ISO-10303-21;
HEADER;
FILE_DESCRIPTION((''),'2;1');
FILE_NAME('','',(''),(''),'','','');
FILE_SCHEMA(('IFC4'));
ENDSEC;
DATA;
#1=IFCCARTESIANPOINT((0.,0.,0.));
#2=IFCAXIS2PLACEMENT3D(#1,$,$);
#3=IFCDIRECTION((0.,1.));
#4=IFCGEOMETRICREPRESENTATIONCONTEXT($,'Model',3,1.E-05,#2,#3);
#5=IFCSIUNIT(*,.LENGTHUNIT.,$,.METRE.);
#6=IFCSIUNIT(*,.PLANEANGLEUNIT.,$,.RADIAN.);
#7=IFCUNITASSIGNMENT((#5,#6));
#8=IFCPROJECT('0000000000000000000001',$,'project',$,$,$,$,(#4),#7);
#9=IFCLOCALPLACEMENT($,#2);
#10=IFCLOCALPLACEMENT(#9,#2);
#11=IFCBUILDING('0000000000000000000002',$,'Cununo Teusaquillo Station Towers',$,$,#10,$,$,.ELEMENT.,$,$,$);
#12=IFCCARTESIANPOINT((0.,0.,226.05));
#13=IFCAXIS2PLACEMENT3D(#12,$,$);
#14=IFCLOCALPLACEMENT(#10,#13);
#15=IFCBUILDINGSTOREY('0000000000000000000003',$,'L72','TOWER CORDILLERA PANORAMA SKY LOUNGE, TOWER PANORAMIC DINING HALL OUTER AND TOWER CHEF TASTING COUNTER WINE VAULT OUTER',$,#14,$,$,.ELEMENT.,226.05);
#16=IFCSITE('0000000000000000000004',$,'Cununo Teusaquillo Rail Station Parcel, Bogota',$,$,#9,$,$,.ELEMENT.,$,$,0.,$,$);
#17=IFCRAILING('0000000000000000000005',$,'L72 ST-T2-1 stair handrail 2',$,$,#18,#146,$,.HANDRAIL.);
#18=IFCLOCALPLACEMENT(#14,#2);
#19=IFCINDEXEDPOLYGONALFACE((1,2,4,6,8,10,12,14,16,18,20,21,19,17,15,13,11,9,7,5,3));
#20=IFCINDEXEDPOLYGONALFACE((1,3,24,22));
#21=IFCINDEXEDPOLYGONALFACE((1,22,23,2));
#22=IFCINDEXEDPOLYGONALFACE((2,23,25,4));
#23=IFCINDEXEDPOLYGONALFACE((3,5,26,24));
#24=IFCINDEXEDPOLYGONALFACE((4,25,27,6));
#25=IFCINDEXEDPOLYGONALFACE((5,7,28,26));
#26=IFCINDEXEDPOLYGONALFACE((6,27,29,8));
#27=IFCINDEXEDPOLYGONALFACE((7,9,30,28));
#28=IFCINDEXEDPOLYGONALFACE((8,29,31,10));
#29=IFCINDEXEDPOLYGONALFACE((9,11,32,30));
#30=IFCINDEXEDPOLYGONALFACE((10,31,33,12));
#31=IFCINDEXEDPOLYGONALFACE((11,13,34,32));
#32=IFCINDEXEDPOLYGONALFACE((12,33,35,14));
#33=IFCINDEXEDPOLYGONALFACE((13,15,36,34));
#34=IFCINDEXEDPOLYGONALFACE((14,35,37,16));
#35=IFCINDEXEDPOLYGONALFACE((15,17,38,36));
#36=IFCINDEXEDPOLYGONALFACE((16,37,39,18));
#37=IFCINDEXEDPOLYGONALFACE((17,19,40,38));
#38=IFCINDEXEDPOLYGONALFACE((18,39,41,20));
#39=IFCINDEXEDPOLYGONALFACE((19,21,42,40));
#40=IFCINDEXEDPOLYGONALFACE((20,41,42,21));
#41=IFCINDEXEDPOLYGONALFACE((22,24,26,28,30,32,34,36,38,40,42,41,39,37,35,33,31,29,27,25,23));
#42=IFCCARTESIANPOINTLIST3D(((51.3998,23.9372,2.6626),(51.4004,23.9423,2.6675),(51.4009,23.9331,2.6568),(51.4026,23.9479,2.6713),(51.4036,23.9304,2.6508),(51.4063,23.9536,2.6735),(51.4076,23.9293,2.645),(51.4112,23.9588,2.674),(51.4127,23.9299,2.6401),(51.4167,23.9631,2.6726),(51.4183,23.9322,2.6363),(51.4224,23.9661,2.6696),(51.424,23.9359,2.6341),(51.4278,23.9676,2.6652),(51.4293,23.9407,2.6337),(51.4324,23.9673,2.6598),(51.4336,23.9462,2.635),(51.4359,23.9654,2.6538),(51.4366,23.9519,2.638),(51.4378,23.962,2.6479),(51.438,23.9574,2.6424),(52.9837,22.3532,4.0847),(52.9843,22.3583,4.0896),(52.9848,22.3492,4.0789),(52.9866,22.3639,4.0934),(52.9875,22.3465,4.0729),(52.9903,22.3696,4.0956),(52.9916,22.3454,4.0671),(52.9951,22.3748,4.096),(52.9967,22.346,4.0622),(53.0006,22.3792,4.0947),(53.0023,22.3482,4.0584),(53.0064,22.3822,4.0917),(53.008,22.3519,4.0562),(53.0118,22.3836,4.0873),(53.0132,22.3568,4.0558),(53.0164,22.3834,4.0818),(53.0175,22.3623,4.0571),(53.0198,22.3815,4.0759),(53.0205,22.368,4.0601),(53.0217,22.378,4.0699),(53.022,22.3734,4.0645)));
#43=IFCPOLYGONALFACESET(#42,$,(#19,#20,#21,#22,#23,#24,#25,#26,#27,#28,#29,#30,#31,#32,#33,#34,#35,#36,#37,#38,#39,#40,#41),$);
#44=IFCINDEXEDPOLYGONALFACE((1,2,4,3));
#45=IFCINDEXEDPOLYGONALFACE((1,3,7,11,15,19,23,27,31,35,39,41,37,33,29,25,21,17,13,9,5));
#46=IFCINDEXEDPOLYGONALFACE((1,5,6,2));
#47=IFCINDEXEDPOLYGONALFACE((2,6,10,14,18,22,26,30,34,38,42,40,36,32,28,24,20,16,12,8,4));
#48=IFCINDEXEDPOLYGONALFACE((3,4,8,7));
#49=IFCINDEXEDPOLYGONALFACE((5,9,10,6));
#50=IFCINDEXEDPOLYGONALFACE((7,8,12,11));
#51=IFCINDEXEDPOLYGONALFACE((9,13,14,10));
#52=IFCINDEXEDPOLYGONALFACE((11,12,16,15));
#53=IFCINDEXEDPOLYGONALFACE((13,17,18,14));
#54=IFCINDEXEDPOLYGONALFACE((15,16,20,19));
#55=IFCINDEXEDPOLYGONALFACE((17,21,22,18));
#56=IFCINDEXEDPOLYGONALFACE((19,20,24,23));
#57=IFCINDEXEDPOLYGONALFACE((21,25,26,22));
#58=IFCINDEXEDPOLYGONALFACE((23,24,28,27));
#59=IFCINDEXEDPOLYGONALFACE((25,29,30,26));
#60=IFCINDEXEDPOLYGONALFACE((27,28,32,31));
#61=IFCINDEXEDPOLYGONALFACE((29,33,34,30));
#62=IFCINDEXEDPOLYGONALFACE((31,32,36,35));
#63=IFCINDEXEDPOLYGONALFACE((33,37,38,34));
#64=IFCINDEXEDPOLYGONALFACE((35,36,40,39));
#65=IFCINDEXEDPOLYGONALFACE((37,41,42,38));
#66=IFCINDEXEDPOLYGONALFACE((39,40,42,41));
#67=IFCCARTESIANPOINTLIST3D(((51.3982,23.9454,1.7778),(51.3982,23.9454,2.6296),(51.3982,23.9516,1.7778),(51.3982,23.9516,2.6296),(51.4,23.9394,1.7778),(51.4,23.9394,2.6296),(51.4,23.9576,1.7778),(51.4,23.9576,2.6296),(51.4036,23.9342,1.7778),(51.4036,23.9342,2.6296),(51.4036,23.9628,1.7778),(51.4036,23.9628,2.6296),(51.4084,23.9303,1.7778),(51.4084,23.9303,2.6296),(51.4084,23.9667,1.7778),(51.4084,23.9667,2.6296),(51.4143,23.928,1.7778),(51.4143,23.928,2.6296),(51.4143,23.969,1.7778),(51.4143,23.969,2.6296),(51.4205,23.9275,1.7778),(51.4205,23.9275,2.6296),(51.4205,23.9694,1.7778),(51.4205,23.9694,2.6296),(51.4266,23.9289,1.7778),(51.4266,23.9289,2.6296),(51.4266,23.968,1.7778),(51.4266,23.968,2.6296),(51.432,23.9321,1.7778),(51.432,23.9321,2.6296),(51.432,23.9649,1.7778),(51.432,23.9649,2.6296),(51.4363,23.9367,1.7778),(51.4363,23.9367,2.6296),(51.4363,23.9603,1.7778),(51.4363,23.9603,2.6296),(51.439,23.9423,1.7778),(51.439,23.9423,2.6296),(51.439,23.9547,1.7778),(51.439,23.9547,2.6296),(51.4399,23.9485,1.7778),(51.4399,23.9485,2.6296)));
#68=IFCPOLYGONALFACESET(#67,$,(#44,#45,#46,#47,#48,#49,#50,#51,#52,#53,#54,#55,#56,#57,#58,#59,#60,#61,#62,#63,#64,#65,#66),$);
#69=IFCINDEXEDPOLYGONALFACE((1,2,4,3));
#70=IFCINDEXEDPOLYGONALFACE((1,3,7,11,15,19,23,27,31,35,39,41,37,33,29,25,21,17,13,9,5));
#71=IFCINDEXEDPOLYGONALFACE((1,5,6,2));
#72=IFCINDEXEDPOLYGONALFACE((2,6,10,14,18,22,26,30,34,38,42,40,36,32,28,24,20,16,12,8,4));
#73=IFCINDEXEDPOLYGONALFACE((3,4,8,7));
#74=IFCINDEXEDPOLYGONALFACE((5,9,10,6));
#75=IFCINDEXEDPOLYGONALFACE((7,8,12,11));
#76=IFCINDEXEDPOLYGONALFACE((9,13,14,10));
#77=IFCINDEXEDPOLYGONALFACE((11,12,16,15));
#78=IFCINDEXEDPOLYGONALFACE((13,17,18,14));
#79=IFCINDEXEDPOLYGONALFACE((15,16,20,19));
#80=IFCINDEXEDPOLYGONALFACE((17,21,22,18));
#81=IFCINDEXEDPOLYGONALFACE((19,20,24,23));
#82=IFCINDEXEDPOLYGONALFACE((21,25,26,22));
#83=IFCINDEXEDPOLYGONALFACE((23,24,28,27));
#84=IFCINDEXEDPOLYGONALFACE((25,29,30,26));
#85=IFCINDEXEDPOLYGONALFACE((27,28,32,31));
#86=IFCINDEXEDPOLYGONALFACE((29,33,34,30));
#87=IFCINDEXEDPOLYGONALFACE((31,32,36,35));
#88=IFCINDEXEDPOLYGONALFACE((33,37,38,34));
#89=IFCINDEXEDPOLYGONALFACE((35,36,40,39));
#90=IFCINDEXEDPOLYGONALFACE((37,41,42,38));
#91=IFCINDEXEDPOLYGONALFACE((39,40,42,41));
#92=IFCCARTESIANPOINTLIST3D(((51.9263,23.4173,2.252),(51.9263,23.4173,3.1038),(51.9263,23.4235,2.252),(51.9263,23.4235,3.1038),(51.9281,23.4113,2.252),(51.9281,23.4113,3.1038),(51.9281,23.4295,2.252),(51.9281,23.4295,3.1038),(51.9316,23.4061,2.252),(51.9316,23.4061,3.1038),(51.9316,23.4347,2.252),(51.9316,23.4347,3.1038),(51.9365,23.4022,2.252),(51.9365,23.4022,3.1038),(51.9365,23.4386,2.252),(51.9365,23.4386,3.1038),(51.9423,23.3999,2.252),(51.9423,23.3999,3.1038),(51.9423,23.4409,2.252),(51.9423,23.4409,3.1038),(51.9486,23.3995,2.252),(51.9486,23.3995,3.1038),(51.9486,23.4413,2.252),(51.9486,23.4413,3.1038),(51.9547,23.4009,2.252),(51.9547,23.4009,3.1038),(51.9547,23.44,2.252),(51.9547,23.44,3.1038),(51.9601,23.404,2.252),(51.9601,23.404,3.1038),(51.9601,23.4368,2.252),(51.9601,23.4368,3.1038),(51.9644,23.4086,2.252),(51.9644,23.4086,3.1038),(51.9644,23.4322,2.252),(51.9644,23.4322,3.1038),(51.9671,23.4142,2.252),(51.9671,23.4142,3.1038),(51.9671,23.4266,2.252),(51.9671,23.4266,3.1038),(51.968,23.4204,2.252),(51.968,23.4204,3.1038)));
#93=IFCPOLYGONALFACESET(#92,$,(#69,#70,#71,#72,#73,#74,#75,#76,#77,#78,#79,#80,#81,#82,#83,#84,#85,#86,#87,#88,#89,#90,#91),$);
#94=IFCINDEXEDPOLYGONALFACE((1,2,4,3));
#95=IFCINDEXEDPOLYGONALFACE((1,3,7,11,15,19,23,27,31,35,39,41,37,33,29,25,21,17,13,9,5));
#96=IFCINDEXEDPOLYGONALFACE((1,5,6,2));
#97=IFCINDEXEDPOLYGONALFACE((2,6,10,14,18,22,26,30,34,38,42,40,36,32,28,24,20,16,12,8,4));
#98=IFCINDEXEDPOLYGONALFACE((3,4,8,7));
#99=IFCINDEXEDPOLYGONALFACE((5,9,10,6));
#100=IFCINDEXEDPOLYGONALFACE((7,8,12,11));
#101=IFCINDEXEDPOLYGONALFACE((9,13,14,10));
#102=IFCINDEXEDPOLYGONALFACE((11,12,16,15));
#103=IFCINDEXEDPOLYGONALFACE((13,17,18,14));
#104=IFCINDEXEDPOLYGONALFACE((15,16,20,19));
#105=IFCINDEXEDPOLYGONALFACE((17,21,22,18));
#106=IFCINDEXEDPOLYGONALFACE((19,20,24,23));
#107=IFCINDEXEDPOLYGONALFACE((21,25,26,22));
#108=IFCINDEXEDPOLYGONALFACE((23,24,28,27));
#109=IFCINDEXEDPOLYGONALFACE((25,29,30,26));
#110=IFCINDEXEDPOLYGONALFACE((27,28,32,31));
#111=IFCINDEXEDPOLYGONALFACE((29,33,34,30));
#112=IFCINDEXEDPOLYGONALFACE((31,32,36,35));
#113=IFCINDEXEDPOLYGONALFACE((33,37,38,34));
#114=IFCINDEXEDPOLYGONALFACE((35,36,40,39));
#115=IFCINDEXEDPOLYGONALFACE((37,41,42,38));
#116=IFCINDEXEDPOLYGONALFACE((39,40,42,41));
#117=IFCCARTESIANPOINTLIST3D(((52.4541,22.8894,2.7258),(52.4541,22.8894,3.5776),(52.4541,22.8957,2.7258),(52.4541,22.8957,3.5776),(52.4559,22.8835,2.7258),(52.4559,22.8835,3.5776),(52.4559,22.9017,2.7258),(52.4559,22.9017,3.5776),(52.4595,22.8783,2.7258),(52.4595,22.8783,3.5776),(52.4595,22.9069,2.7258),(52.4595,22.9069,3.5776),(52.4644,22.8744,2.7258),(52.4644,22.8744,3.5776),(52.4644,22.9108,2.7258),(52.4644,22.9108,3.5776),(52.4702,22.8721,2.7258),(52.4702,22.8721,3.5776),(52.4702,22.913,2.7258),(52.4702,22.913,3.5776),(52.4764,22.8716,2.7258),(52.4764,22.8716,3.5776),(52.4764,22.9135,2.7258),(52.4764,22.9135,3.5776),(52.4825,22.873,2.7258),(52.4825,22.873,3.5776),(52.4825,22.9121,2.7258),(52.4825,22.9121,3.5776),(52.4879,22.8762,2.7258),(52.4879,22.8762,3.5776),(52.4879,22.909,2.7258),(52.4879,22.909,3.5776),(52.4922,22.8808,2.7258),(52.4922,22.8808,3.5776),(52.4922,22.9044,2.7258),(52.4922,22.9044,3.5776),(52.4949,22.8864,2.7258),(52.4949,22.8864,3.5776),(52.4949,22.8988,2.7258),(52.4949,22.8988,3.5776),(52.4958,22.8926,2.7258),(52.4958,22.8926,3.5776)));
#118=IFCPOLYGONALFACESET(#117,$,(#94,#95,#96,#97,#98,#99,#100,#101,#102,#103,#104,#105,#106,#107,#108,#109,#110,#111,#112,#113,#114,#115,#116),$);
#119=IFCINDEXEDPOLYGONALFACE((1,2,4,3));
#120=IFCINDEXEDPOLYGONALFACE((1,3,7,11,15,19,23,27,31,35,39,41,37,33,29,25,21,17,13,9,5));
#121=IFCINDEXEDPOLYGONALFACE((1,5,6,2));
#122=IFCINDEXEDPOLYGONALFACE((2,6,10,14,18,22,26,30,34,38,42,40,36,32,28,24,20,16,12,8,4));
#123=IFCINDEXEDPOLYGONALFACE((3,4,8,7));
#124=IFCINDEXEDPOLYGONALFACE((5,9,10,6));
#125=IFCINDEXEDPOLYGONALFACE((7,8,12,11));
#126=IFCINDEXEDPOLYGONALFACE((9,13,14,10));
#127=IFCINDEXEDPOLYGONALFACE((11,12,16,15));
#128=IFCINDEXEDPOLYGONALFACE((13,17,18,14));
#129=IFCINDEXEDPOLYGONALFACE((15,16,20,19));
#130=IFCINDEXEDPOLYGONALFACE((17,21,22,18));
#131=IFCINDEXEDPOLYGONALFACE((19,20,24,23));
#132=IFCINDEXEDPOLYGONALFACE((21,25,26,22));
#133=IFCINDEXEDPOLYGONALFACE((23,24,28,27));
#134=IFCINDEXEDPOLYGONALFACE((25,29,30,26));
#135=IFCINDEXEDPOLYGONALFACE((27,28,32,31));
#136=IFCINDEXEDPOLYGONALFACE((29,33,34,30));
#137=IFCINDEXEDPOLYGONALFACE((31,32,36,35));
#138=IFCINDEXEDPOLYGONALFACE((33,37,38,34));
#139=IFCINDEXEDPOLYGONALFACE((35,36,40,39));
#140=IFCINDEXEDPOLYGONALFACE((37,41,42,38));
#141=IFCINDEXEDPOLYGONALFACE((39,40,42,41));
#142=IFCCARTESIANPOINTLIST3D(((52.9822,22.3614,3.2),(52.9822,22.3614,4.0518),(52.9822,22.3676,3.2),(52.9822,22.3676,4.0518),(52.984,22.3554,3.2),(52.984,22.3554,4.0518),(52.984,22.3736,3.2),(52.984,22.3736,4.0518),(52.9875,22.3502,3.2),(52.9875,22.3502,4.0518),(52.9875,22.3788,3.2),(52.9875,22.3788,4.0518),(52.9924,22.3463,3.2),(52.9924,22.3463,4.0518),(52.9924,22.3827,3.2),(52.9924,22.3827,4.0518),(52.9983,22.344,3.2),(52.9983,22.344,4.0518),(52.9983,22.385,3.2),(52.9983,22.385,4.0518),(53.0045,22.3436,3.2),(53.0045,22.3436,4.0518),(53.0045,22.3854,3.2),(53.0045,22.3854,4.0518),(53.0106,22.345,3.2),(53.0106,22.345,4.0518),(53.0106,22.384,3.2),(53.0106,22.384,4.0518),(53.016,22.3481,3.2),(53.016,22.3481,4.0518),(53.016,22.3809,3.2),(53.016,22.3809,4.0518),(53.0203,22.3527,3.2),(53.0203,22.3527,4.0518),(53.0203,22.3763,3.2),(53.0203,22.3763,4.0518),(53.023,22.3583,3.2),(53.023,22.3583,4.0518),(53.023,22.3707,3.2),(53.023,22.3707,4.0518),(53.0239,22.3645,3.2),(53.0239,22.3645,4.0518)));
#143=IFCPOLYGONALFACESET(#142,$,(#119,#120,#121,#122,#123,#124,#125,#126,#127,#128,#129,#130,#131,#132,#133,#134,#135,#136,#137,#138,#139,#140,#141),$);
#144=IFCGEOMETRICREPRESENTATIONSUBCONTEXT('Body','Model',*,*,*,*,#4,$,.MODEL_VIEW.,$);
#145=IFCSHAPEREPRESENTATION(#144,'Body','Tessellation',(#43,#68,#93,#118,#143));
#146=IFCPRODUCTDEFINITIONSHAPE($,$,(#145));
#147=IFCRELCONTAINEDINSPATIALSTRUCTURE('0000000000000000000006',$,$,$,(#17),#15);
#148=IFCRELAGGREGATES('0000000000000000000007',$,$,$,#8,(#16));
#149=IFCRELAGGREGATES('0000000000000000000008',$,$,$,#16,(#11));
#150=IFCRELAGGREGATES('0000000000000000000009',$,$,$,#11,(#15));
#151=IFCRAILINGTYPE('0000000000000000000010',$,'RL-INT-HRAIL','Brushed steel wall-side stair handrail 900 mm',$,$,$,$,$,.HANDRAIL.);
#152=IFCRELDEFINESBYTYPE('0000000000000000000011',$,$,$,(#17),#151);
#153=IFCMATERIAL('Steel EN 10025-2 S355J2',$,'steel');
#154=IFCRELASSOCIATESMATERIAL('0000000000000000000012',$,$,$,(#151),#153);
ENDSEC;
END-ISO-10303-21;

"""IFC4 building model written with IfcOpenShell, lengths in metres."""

from ifc_helpers import new_model, si_unit, direction, frame, origin, origin_2d, place, context, subcontext, project, spatial, circle, extrude, material, type_object, element, save


model = new_model("IFC4")

# Units and contexts
model_context = context("Model", 3, precision=1e-05, world=origin(), true_north=direction((0.0, 1.0)))
body_context = subcontext(model_context, "Body", "Model", "MODEL_VIEW")
ifc_project = project(units=[si_unit("LENGTHUNIT", "METRE"), si_unit("PLANEANGLEUNIT", "RADIAN")], contexts=[model_context])

# Site, building, storey
site_placement = place(None, origin())
site = spatial("IfcSite", under=ifc_project, at=site_placement, Name="Cununo Teusaquillo Rail Station Parcel, Bogota", CompositionType="ELEMENT", RefElevation=0.0)
building_placement = place(site_placement, origin())
building = spatial("IfcBuilding", under=site, at=building_placement, Name="Cununo Teusaquillo Station Towers", CompositionType="ELEMENT")
storey_placement = place(building_placement, frame((0.0, 0.0, 226.05)))
storey = spatial("IfcBuildingStorey", under=building, at=storey_placement, Name="L72", Description="TOWER CORDILLERA PANORAMA SKY LOUNGE, TOWER PANORAMIC DINING HALL OUTER AND TOWER CHEF TASTING COUNTER WINE VAULT OUTER", CompositionType="ELEMENT", Elevation=226.05)

# Railing
ifc_material_1 = material(Name="Steel EN 10025-2 S355J2", Category="steel")
railing_type = type_object("IfcRailingType", Name="RL-INT-HRAIL", Description="Brushed steel wall-side stair handrail 900 mm", PredefinedType="HANDRAIL", material=ifc_material_1)
railing_placement = place(storey_placement, frame((51.4189, 23.9485, 1.7778)))
element("IfcRailing", 1, at=railing_placement, inside=storey, type_object=railing_type, Name="L72 ST-T2-1 stair handrail 2", PredefinedType="HANDRAIL", context=body_context, shape_type="SweptSolid", body=[
    extrude(circle(Radius=0.0239, at=origin_2d()), frame((0.0, 0.0, 0.876), z_axis=(0.596968, -0.596968, 0.535965), x_axis=(0.707107, 0.707107, 0.0)), (0.0, 0.0, 1.0), 2.6533),
    extrude(circle(Radius=0.021, at=origin_2d()), origin(), (0.0, 0.0, 1.0), 0.8518),
    extrude(circle(Radius=0.021, at=origin_2d()), frame((0.5281, -0.5281, 0.4741)), (0.0, 0.0, 1.0), 0.8518),
    extrude(circle(Radius=0.021, at=origin_2d()), frame((1.0559, -1.0559, 0.948)), (0.0, 0.0, 1.0), 0.8518),
    extrude(circle(Radius=0.021, at=origin_2d()), frame((1.584, -1.584, 1.4221)), (0.0, 0.0, 1.0), 0.8518),
])

save(model, "model.ifc")
